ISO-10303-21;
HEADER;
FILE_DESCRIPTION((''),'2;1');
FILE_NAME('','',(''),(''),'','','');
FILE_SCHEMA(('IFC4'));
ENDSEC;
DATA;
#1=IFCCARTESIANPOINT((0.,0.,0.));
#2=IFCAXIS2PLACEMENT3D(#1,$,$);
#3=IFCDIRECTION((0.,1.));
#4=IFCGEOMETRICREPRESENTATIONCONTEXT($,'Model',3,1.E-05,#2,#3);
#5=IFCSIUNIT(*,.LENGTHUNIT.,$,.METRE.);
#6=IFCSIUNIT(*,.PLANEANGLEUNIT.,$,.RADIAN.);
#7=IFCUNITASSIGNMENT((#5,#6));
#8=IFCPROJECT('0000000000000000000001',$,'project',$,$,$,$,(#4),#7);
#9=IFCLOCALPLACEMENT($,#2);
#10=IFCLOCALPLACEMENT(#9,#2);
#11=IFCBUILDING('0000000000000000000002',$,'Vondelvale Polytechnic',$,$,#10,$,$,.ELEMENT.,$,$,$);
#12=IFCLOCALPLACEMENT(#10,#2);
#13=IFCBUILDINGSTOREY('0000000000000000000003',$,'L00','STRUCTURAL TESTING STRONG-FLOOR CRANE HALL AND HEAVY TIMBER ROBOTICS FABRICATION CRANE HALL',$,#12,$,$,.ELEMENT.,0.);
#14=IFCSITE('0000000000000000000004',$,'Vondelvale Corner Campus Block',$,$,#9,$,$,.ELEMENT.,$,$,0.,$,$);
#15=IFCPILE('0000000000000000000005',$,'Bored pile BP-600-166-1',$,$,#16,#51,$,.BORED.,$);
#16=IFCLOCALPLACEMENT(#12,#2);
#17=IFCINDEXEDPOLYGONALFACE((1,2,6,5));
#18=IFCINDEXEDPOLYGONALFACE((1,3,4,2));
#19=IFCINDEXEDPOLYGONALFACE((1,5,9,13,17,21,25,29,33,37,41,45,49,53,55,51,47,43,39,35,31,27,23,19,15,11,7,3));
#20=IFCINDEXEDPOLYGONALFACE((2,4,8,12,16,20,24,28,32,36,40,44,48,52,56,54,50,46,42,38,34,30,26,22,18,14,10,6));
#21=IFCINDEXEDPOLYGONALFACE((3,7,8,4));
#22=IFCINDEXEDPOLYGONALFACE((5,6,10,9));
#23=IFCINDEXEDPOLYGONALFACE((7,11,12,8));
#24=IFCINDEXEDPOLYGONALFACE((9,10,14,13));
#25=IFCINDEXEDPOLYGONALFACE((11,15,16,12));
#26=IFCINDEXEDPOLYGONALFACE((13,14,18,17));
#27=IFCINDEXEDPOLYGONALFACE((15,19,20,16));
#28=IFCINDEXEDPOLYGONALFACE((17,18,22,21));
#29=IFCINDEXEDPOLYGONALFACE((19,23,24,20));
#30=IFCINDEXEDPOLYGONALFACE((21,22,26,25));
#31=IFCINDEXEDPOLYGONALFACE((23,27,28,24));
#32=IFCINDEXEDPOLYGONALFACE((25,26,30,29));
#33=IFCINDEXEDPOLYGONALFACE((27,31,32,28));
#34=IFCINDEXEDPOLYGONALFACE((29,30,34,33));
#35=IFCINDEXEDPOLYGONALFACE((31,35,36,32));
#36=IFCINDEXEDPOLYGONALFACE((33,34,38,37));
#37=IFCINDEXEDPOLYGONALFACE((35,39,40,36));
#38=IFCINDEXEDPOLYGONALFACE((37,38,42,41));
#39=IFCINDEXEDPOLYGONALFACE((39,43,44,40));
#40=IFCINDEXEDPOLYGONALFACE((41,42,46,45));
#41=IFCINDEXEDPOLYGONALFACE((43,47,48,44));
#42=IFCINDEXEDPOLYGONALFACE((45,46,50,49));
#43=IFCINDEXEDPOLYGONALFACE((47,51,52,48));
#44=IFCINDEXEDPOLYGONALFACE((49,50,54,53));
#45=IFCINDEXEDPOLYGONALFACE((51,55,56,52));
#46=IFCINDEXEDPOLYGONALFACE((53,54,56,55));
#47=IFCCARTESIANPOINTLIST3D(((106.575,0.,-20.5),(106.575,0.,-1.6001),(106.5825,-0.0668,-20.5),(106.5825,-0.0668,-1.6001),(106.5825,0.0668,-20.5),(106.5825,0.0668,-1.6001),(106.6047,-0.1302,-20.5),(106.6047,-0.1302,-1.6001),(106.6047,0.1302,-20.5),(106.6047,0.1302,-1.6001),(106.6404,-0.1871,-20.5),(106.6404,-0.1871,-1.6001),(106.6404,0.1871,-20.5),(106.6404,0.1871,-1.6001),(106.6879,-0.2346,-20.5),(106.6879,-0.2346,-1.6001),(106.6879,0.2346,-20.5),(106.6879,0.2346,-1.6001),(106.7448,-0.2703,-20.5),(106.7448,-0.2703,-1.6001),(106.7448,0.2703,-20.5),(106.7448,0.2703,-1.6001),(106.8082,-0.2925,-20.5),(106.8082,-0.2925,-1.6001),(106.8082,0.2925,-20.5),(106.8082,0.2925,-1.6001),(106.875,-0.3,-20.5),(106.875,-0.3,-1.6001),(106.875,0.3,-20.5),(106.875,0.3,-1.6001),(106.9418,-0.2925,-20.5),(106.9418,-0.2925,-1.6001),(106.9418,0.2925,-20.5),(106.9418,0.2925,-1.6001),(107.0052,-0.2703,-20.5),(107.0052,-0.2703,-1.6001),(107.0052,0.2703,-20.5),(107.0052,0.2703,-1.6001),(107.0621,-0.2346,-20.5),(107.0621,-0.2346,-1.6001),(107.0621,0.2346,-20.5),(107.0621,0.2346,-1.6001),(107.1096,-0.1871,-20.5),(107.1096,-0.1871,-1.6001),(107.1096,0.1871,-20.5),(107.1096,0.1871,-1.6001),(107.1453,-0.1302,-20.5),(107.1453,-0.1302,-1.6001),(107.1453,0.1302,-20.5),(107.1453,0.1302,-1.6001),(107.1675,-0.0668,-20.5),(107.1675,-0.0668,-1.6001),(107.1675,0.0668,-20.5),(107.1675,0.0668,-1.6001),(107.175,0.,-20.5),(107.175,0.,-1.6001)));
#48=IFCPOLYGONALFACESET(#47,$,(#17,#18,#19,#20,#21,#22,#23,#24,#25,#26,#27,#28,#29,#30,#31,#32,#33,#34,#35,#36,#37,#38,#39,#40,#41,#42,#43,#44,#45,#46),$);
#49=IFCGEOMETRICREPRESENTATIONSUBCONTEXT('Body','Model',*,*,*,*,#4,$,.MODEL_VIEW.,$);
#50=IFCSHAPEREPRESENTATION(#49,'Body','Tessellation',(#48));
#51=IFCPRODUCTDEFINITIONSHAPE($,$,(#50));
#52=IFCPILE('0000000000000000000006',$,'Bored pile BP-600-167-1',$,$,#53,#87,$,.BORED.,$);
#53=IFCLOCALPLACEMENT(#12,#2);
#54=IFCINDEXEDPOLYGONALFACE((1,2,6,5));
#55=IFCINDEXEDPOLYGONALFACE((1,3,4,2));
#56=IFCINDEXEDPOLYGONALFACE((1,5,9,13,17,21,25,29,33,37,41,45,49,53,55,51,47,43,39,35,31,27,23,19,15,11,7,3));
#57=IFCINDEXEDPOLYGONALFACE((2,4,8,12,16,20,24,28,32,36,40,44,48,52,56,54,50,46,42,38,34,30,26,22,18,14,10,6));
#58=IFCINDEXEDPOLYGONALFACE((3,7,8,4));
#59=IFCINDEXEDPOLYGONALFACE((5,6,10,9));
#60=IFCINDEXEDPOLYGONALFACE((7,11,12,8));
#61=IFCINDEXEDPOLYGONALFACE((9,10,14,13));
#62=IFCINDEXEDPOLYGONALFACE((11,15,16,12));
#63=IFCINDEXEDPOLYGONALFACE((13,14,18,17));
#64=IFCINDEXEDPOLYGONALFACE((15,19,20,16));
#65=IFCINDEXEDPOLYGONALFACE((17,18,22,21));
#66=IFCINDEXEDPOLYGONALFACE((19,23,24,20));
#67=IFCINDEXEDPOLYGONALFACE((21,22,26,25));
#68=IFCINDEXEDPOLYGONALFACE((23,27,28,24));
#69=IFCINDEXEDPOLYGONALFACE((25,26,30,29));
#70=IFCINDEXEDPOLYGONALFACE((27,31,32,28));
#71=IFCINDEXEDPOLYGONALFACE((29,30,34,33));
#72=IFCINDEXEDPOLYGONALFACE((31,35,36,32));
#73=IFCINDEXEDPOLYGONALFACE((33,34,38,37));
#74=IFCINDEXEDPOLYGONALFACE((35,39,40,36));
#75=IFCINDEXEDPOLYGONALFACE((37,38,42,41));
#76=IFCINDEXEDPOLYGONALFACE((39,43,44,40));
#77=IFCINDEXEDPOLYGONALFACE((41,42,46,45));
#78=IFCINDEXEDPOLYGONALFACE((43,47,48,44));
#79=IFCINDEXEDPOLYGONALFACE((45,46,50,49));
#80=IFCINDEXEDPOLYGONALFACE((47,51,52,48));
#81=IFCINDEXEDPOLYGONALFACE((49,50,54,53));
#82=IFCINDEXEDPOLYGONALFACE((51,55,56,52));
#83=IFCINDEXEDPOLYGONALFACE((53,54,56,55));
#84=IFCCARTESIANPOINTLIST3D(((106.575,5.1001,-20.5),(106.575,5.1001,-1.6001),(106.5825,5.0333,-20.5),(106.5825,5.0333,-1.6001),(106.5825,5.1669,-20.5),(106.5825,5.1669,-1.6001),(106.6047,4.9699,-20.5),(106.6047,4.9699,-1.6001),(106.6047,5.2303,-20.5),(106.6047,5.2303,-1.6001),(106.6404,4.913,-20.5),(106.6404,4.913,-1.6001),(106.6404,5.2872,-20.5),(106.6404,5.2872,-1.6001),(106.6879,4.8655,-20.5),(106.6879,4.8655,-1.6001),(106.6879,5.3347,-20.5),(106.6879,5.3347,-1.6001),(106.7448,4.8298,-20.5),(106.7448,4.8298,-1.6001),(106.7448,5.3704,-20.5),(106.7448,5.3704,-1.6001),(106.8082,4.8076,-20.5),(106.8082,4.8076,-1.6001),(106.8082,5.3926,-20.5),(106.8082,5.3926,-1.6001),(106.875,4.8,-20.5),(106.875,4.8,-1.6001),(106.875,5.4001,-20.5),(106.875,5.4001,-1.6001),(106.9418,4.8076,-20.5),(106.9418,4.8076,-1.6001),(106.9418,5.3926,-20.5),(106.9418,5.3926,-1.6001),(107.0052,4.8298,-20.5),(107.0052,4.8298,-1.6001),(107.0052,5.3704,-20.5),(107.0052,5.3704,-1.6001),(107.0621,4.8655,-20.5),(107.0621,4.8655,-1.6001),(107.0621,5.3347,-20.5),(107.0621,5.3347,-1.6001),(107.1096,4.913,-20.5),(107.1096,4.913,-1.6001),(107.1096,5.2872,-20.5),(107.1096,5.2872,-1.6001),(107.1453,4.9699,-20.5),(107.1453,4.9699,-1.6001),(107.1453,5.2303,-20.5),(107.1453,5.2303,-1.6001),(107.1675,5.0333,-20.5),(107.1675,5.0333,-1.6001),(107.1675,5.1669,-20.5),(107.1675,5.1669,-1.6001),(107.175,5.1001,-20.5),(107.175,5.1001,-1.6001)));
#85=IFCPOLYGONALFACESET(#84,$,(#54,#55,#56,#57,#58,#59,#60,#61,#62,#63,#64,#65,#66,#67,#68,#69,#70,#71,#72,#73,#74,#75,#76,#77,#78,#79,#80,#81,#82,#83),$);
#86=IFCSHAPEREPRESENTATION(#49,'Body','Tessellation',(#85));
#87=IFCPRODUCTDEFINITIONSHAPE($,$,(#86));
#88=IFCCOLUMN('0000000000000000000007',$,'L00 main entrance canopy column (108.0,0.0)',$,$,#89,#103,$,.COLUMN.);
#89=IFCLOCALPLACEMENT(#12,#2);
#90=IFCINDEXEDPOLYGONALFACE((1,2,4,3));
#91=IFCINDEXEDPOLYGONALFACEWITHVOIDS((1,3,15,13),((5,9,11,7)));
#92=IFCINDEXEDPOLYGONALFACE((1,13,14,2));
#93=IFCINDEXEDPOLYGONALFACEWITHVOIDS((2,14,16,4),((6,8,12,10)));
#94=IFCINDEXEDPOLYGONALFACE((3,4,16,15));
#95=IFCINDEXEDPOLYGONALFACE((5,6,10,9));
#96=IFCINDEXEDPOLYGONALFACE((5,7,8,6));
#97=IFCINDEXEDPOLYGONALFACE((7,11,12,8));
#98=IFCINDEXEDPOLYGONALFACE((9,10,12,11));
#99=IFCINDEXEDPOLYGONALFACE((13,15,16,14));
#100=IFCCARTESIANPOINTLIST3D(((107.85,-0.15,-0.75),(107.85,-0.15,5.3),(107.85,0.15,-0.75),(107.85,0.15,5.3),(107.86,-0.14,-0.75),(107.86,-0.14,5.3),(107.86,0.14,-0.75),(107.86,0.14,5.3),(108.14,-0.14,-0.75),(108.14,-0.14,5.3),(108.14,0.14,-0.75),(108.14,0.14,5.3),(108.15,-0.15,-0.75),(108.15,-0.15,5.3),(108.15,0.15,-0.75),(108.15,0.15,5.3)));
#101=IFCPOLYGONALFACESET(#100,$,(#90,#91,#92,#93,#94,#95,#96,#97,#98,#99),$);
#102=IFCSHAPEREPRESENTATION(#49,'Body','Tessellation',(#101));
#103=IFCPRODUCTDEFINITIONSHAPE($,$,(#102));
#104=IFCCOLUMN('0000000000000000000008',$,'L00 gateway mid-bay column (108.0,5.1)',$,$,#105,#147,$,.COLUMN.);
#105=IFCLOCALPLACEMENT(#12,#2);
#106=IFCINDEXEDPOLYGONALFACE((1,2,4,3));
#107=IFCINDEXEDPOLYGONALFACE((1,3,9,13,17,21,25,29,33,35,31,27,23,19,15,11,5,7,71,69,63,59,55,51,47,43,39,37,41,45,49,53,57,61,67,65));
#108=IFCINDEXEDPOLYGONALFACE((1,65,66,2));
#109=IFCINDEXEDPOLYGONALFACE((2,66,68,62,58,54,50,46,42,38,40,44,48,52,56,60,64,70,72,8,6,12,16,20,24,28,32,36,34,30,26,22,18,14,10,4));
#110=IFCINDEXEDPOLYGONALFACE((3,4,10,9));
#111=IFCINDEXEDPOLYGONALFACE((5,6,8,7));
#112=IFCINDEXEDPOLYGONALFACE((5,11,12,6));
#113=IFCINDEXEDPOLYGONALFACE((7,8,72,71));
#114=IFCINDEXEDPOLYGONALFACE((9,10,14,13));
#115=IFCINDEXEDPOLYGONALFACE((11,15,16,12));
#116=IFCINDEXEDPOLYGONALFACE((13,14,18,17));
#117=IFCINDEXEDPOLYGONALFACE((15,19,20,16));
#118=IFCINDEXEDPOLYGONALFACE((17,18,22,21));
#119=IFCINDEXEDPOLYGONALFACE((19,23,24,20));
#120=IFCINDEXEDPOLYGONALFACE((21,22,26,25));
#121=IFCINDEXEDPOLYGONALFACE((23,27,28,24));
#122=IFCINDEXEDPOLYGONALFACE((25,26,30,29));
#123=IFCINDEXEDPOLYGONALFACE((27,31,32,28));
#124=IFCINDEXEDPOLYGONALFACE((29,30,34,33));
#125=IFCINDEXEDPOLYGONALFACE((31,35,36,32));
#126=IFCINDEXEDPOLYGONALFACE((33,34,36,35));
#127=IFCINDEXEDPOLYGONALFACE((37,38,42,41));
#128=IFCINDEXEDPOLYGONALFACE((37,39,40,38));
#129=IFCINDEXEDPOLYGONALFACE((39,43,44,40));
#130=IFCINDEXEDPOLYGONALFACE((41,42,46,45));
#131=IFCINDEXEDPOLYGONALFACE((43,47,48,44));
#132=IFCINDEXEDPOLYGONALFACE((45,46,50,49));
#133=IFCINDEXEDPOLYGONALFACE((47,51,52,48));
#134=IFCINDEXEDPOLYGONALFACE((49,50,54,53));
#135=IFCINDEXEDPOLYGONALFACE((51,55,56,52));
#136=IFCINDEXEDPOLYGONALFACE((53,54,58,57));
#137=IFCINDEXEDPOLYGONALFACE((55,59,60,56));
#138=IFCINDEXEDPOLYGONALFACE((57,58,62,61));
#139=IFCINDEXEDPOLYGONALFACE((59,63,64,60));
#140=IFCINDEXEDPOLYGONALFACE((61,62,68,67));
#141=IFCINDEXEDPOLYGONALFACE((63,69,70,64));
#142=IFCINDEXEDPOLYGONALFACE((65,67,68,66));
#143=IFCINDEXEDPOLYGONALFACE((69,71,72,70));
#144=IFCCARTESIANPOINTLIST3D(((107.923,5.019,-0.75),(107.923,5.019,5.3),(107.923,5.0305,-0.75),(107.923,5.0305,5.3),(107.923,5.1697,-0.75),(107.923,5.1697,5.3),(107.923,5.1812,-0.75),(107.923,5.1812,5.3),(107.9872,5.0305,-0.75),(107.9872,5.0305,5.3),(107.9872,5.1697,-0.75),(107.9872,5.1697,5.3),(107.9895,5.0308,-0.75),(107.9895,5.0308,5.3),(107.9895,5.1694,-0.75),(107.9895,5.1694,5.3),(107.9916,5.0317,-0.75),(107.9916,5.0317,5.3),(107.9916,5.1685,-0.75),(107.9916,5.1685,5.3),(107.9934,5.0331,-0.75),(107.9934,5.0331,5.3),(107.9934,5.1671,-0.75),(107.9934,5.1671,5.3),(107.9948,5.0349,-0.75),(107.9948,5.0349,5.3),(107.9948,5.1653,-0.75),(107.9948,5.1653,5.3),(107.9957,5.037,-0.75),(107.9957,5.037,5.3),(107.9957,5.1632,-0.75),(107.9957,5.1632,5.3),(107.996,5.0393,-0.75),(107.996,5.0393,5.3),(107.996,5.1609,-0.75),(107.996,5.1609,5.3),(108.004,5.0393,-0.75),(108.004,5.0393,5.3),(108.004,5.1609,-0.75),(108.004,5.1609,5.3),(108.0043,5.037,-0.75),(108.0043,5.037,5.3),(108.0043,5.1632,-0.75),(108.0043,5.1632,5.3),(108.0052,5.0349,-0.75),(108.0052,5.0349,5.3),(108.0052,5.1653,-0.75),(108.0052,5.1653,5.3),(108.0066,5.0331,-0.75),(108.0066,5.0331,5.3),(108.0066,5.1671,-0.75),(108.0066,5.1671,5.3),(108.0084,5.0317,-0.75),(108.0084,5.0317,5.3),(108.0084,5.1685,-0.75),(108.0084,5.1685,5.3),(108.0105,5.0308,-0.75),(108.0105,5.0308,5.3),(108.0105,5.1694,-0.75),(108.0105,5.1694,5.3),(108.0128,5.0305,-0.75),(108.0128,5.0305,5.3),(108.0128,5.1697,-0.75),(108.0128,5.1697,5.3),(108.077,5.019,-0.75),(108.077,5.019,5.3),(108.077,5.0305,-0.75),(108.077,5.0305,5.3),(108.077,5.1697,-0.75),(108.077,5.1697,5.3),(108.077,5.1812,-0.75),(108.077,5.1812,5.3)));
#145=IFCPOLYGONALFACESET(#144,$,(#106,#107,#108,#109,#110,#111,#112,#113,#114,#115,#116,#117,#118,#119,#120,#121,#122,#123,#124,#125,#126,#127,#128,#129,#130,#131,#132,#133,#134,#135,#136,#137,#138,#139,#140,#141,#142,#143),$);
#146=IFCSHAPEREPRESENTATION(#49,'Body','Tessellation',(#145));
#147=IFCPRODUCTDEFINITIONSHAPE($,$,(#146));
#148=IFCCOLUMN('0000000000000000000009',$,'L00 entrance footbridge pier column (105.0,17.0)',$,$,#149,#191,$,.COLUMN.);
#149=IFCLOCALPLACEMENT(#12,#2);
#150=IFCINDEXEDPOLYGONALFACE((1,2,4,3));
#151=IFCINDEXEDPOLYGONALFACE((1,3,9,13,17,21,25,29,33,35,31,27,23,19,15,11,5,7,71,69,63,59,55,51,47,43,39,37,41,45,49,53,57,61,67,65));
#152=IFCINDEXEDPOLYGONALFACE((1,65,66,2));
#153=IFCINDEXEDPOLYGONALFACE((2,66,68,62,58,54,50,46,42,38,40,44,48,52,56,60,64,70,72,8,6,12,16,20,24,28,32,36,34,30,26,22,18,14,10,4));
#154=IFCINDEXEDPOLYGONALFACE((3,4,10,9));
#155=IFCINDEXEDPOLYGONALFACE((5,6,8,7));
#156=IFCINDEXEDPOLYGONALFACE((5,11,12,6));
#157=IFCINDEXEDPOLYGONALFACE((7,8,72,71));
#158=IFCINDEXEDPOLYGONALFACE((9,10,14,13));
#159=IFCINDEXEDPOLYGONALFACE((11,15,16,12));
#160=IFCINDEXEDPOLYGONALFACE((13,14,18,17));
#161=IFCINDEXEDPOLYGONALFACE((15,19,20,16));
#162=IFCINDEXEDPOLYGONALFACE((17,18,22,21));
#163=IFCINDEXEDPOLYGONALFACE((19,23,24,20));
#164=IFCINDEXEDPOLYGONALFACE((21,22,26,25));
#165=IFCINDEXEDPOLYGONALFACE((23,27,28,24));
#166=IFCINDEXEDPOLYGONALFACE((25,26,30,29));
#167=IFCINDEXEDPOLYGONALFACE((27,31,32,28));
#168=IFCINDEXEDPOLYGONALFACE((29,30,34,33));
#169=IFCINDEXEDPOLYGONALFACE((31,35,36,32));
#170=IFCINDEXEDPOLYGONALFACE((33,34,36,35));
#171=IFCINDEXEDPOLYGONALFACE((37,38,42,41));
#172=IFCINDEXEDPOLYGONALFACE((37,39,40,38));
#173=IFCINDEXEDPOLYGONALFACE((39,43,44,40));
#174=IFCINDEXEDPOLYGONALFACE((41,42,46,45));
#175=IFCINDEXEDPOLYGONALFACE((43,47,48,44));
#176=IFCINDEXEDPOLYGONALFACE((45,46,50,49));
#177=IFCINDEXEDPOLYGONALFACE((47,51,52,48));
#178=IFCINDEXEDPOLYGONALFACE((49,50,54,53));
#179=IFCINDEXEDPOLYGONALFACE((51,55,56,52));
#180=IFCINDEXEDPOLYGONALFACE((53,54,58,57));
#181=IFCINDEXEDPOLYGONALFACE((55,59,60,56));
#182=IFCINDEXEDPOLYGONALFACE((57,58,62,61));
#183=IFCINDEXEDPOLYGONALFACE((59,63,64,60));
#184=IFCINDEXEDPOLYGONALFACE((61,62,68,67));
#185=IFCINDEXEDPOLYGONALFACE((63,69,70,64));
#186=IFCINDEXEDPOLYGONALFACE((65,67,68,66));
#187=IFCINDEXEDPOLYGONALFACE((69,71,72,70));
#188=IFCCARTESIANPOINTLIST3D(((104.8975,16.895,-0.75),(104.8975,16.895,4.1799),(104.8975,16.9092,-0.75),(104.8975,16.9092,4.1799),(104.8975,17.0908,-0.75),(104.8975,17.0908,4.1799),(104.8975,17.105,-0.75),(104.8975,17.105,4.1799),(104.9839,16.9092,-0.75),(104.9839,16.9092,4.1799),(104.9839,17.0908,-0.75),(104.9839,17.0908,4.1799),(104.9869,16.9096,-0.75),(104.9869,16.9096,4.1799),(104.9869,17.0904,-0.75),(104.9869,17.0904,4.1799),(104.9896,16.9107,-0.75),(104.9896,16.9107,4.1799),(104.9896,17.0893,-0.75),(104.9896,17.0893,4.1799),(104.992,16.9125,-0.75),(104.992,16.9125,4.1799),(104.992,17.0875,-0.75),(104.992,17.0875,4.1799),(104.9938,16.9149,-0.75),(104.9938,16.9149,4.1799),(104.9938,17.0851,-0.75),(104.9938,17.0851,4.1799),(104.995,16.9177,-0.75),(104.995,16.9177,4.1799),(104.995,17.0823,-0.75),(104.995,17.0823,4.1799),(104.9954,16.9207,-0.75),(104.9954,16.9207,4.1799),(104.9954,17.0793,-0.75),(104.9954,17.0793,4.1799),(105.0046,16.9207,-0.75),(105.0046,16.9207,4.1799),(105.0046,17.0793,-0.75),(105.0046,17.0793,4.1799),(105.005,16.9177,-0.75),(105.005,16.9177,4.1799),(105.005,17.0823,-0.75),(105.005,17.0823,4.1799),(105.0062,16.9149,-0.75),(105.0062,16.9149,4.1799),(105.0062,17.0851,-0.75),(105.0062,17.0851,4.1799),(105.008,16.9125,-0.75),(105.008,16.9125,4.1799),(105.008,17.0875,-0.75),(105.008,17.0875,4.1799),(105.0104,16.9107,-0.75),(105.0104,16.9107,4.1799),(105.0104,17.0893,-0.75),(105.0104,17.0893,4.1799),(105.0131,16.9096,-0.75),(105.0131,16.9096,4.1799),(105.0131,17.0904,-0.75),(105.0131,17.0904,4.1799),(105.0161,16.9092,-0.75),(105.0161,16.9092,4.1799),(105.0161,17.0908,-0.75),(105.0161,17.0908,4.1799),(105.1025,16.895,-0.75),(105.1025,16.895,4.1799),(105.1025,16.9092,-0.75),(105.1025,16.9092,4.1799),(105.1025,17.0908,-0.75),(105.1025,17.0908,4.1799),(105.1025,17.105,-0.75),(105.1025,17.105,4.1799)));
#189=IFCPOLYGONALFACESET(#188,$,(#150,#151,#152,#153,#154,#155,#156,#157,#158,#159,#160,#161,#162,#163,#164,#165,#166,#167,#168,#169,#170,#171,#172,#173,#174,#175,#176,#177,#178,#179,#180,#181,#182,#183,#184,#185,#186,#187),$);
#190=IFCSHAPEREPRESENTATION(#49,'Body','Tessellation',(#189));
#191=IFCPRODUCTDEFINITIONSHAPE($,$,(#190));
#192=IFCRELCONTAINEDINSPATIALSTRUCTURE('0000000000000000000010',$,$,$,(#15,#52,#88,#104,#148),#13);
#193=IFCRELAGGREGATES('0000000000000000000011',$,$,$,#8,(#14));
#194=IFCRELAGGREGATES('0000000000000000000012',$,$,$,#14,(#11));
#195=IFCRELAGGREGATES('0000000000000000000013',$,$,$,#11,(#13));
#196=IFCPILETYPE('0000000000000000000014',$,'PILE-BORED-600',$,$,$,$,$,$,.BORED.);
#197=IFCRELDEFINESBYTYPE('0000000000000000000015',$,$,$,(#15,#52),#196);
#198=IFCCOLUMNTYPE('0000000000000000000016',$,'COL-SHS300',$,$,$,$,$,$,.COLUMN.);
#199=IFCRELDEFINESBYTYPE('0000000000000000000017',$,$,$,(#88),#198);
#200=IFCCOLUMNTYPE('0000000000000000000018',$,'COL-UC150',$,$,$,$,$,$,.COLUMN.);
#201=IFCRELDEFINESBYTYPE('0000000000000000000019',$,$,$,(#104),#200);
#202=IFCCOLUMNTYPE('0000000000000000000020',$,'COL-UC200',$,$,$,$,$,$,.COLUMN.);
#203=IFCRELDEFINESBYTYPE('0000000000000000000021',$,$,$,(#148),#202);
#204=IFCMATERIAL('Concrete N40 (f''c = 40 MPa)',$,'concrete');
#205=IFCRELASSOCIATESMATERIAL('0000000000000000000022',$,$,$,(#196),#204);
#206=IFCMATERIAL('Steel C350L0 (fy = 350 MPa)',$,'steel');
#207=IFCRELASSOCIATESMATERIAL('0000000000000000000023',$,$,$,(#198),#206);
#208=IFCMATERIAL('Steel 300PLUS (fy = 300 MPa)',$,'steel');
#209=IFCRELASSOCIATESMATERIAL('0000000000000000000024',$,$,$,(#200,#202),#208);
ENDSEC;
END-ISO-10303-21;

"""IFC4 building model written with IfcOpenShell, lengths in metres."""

from ifc_helpers import new_model, si_unit, direction, frame, origin, origin_2d, place, context, subcontext, project, spatial, hollow_rectangle, circle, i_section, extrude, material, material_profile, profile_set, type_object, element, save


model = new_model("IFC4")

# Units and contexts
model_context = context("Model", 3, precision=1e-05, world=origin(), true_north=direction((0.0, 1.0)))
body_context = subcontext(model_context, "Body", "Model", "MODEL_VIEW")
ifc_project = project(units=[si_unit("LENGTHUNIT", "METRE"), si_unit("PLANEANGLEUNIT", "RADIAN")], contexts=[model_context])

# Site, building, storey
site_placement = place(None, origin())
site = spatial("IfcSite", under=ifc_project, at=site_placement, Name="Vondelvale Corner Campus Block", CompositionType="ELEMENT", RefElevation=0.0)
building_placement = place(site_placement, origin())
building = spatial("IfcBuilding", under=site, at=building_placement, Name="Vondelvale Polytechnic", CompositionType="ELEMENT")
storey_placement = place(building_placement, origin())
storey = spatial("IfcBuildingStorey", under=building, at=storey_placement, Name="L00", Description="STRUCTURAL TESTING STRONG-FLOOR CRANE HALL AND HEAVY TIMBER ROBOTICS FABRICATION CRANE HALL", CompositionType="ELEMENT", Elevation=0.0)

# Shared definitions
ifc_material_1 = material(Name="Concrete N40 (f'c = 40 MPa)", Category="concrete")

# Piles
ifc_material_profile_1 = material_profile(ifc_material_1, circle(Radius=0.3, at=origin_2d()), Name="PILE-D600")
ifc_profile_set_1 = profile_set([ifc_material_profile_1], Name="Concrete N40 (f'c = 40 MPa)")
pile_type = type_object("IfcPileType", Name="PILE-BORED-600", PredefinedType="BORED", material=ifc_profile_set_1)
for number, where, z_axis, x_axis, name in (
    (1, (106.875, 0.0, -1.6001), (0.0, 0.0, -1.0), (1.0, 0.0, 0.0), "Bored pile BP-600-166-1"),
    (2, (106.875, 5.1001, -1.6001), (0.0, 0.0, -1.0), (1.0, 0.0, 0.0), "Bored pile BP-600-167-1"),
):
    element("IfcPile", number, at=place(storey_placement, frame(where, z_axis=z_axis, x_axis=x_axis)), inside=storey, type_object=pile_type, Name=name, PredefinedType="BORED", context=body_context, shape_type="SweptSolid", body=[
        extrude(circle(Radius=0.3, at=origin_2d()), origin(), (0.0, 0.0, 1.0), 18.8999),
    ])

# Columns
ifc_material_2 = material(Name="Steel C350L0 (fy = 350 MPa)", Category="steel")
ifc_material_profile_2 = material_profile(ifc_material_2, hollow_rectangle(XDim=0.3, YDim=0.3, WallThickness=0.01, at=origin_2d()), Name="300x300x10.0SHS")
ifc_profile_set_2 = profile_set([ifc_material_profile_2], Name="Steel C350L0 (fy = 350 MPa)")
column_type_1 = type_object("IfcColumnType", Name="COL-SHS300", PredefinedType="COLUMN", material=ifc_profile_set_2)
column_1_placement = place(storey_placement, frame((108.0, 0.0, -0.75), z_axis=(0.0, 0.0, 1.0), x_axis=(1.0, 0.0, 0.0)))
element("IfcColumn", 3, at=column_1_placement, inside=storey, type_object=column_type_1, Name="L00 main entrance canopy column (108.0,0.0)", PredefinedType="COLUMN", context=body_context, shape_type="SweptSolid", body=[
    extrude(hollow_rectangle(XDim=0.3, YDim=0.3, WallThickness=0.01, at=origin_2d()), origin(), (0.0, 0.0, 1.0), 6.05),
])
ifc_material_3 = material(Name="Steel 300PLUS (fy = 300 MPa)", Category="steel")
ifc_material_profile_3 = material_profile(ifc_material_3, i_section(OverallWidth=0.1541, OverallDepth=0.1621, WebThickness=0.0081, FlangeThickness=0.0115, FilletRadius=0.0088, at=origin_2d()), Name="150UC37.2")
ifc_profile_set_3 = profile_set([ifc_material_profile_3], Name="Steel 300PLUS (fy = 300 MPa)")
column_type_2 = type_object("IfcColumnType", Name="COL-UC150", PredefinedType="COLUMN", material=ifc_profile_set_3)
column_2_placement = place(storey_placement, frame((108.0, 5.1001, -0.75), z_axis=(0.0, 0.0, 1.0), x_axis=(1.0, 0.0, 0.0)))
element("IfcColumn", 4, at=column_2_placement, inside=storey, type_object=column_type_2, Name="L00 gateway mid-bay column (108.0,5.1)", PredefinedType="COLUMN", context=body_context, shape_type="SweptSolid", body=[
    extrude(i_section(OverallWidth=0.1541, OverallDepth=0.1621, WebThickness=0.0081, FlangeThickness=0.0115, FilletRadius=0.0088, at=origin_2d()), origin(), (0.0, 0.0, 1.0), 6.05),
])
ifc_material_profile_4 = material_profile(ifc_material_3, i_section(OverallWidth=0.2051, OverallDepth=0.21, WebThickness=0.0093, FlangeThickness=0.0142, FilletRadius=0.0115, at=origin_2d()), Name="200UC59.5")
ifc_profile_set_4 = profile_set([ifc_material_profile_4], Name="Steel 300PLUS (fy = 300 MPa)")
column_type_3 = type_object("IfcColumnType", Name="COL-UC200", PredefinedType="COLUMN", material=ifc_profile_set_4)
for number, where, z_axis, x_axis, name in (
    (5, (105.0, 17.0, -0.75), (0.0, 0.0, 1.0), (1.0, 0.0, 0.0), "L00 entrance footbridge pier column (105.0,17.0)"),
):
    element("IfcColumn", number, at=place(storey_placement, frame(where, z_axis=z_axis, x_axis=x_axis)), inside=storey, type_object=column_type_3, Name=name, PredefinedType="COLUMN", context=body_context, shape_type="SweptSolid", body=[
        extrude(i_section(OverallWidth=0.2051, OverallDepth=0.21, WebThickness=0.0093, FlangeThickness=0.0142, FilletRadius=0.0115, at=origin_2d()), origin(), (0.0, 0.0, 1.0), 4.9299),
    ])

save(model, "model.ifc")
